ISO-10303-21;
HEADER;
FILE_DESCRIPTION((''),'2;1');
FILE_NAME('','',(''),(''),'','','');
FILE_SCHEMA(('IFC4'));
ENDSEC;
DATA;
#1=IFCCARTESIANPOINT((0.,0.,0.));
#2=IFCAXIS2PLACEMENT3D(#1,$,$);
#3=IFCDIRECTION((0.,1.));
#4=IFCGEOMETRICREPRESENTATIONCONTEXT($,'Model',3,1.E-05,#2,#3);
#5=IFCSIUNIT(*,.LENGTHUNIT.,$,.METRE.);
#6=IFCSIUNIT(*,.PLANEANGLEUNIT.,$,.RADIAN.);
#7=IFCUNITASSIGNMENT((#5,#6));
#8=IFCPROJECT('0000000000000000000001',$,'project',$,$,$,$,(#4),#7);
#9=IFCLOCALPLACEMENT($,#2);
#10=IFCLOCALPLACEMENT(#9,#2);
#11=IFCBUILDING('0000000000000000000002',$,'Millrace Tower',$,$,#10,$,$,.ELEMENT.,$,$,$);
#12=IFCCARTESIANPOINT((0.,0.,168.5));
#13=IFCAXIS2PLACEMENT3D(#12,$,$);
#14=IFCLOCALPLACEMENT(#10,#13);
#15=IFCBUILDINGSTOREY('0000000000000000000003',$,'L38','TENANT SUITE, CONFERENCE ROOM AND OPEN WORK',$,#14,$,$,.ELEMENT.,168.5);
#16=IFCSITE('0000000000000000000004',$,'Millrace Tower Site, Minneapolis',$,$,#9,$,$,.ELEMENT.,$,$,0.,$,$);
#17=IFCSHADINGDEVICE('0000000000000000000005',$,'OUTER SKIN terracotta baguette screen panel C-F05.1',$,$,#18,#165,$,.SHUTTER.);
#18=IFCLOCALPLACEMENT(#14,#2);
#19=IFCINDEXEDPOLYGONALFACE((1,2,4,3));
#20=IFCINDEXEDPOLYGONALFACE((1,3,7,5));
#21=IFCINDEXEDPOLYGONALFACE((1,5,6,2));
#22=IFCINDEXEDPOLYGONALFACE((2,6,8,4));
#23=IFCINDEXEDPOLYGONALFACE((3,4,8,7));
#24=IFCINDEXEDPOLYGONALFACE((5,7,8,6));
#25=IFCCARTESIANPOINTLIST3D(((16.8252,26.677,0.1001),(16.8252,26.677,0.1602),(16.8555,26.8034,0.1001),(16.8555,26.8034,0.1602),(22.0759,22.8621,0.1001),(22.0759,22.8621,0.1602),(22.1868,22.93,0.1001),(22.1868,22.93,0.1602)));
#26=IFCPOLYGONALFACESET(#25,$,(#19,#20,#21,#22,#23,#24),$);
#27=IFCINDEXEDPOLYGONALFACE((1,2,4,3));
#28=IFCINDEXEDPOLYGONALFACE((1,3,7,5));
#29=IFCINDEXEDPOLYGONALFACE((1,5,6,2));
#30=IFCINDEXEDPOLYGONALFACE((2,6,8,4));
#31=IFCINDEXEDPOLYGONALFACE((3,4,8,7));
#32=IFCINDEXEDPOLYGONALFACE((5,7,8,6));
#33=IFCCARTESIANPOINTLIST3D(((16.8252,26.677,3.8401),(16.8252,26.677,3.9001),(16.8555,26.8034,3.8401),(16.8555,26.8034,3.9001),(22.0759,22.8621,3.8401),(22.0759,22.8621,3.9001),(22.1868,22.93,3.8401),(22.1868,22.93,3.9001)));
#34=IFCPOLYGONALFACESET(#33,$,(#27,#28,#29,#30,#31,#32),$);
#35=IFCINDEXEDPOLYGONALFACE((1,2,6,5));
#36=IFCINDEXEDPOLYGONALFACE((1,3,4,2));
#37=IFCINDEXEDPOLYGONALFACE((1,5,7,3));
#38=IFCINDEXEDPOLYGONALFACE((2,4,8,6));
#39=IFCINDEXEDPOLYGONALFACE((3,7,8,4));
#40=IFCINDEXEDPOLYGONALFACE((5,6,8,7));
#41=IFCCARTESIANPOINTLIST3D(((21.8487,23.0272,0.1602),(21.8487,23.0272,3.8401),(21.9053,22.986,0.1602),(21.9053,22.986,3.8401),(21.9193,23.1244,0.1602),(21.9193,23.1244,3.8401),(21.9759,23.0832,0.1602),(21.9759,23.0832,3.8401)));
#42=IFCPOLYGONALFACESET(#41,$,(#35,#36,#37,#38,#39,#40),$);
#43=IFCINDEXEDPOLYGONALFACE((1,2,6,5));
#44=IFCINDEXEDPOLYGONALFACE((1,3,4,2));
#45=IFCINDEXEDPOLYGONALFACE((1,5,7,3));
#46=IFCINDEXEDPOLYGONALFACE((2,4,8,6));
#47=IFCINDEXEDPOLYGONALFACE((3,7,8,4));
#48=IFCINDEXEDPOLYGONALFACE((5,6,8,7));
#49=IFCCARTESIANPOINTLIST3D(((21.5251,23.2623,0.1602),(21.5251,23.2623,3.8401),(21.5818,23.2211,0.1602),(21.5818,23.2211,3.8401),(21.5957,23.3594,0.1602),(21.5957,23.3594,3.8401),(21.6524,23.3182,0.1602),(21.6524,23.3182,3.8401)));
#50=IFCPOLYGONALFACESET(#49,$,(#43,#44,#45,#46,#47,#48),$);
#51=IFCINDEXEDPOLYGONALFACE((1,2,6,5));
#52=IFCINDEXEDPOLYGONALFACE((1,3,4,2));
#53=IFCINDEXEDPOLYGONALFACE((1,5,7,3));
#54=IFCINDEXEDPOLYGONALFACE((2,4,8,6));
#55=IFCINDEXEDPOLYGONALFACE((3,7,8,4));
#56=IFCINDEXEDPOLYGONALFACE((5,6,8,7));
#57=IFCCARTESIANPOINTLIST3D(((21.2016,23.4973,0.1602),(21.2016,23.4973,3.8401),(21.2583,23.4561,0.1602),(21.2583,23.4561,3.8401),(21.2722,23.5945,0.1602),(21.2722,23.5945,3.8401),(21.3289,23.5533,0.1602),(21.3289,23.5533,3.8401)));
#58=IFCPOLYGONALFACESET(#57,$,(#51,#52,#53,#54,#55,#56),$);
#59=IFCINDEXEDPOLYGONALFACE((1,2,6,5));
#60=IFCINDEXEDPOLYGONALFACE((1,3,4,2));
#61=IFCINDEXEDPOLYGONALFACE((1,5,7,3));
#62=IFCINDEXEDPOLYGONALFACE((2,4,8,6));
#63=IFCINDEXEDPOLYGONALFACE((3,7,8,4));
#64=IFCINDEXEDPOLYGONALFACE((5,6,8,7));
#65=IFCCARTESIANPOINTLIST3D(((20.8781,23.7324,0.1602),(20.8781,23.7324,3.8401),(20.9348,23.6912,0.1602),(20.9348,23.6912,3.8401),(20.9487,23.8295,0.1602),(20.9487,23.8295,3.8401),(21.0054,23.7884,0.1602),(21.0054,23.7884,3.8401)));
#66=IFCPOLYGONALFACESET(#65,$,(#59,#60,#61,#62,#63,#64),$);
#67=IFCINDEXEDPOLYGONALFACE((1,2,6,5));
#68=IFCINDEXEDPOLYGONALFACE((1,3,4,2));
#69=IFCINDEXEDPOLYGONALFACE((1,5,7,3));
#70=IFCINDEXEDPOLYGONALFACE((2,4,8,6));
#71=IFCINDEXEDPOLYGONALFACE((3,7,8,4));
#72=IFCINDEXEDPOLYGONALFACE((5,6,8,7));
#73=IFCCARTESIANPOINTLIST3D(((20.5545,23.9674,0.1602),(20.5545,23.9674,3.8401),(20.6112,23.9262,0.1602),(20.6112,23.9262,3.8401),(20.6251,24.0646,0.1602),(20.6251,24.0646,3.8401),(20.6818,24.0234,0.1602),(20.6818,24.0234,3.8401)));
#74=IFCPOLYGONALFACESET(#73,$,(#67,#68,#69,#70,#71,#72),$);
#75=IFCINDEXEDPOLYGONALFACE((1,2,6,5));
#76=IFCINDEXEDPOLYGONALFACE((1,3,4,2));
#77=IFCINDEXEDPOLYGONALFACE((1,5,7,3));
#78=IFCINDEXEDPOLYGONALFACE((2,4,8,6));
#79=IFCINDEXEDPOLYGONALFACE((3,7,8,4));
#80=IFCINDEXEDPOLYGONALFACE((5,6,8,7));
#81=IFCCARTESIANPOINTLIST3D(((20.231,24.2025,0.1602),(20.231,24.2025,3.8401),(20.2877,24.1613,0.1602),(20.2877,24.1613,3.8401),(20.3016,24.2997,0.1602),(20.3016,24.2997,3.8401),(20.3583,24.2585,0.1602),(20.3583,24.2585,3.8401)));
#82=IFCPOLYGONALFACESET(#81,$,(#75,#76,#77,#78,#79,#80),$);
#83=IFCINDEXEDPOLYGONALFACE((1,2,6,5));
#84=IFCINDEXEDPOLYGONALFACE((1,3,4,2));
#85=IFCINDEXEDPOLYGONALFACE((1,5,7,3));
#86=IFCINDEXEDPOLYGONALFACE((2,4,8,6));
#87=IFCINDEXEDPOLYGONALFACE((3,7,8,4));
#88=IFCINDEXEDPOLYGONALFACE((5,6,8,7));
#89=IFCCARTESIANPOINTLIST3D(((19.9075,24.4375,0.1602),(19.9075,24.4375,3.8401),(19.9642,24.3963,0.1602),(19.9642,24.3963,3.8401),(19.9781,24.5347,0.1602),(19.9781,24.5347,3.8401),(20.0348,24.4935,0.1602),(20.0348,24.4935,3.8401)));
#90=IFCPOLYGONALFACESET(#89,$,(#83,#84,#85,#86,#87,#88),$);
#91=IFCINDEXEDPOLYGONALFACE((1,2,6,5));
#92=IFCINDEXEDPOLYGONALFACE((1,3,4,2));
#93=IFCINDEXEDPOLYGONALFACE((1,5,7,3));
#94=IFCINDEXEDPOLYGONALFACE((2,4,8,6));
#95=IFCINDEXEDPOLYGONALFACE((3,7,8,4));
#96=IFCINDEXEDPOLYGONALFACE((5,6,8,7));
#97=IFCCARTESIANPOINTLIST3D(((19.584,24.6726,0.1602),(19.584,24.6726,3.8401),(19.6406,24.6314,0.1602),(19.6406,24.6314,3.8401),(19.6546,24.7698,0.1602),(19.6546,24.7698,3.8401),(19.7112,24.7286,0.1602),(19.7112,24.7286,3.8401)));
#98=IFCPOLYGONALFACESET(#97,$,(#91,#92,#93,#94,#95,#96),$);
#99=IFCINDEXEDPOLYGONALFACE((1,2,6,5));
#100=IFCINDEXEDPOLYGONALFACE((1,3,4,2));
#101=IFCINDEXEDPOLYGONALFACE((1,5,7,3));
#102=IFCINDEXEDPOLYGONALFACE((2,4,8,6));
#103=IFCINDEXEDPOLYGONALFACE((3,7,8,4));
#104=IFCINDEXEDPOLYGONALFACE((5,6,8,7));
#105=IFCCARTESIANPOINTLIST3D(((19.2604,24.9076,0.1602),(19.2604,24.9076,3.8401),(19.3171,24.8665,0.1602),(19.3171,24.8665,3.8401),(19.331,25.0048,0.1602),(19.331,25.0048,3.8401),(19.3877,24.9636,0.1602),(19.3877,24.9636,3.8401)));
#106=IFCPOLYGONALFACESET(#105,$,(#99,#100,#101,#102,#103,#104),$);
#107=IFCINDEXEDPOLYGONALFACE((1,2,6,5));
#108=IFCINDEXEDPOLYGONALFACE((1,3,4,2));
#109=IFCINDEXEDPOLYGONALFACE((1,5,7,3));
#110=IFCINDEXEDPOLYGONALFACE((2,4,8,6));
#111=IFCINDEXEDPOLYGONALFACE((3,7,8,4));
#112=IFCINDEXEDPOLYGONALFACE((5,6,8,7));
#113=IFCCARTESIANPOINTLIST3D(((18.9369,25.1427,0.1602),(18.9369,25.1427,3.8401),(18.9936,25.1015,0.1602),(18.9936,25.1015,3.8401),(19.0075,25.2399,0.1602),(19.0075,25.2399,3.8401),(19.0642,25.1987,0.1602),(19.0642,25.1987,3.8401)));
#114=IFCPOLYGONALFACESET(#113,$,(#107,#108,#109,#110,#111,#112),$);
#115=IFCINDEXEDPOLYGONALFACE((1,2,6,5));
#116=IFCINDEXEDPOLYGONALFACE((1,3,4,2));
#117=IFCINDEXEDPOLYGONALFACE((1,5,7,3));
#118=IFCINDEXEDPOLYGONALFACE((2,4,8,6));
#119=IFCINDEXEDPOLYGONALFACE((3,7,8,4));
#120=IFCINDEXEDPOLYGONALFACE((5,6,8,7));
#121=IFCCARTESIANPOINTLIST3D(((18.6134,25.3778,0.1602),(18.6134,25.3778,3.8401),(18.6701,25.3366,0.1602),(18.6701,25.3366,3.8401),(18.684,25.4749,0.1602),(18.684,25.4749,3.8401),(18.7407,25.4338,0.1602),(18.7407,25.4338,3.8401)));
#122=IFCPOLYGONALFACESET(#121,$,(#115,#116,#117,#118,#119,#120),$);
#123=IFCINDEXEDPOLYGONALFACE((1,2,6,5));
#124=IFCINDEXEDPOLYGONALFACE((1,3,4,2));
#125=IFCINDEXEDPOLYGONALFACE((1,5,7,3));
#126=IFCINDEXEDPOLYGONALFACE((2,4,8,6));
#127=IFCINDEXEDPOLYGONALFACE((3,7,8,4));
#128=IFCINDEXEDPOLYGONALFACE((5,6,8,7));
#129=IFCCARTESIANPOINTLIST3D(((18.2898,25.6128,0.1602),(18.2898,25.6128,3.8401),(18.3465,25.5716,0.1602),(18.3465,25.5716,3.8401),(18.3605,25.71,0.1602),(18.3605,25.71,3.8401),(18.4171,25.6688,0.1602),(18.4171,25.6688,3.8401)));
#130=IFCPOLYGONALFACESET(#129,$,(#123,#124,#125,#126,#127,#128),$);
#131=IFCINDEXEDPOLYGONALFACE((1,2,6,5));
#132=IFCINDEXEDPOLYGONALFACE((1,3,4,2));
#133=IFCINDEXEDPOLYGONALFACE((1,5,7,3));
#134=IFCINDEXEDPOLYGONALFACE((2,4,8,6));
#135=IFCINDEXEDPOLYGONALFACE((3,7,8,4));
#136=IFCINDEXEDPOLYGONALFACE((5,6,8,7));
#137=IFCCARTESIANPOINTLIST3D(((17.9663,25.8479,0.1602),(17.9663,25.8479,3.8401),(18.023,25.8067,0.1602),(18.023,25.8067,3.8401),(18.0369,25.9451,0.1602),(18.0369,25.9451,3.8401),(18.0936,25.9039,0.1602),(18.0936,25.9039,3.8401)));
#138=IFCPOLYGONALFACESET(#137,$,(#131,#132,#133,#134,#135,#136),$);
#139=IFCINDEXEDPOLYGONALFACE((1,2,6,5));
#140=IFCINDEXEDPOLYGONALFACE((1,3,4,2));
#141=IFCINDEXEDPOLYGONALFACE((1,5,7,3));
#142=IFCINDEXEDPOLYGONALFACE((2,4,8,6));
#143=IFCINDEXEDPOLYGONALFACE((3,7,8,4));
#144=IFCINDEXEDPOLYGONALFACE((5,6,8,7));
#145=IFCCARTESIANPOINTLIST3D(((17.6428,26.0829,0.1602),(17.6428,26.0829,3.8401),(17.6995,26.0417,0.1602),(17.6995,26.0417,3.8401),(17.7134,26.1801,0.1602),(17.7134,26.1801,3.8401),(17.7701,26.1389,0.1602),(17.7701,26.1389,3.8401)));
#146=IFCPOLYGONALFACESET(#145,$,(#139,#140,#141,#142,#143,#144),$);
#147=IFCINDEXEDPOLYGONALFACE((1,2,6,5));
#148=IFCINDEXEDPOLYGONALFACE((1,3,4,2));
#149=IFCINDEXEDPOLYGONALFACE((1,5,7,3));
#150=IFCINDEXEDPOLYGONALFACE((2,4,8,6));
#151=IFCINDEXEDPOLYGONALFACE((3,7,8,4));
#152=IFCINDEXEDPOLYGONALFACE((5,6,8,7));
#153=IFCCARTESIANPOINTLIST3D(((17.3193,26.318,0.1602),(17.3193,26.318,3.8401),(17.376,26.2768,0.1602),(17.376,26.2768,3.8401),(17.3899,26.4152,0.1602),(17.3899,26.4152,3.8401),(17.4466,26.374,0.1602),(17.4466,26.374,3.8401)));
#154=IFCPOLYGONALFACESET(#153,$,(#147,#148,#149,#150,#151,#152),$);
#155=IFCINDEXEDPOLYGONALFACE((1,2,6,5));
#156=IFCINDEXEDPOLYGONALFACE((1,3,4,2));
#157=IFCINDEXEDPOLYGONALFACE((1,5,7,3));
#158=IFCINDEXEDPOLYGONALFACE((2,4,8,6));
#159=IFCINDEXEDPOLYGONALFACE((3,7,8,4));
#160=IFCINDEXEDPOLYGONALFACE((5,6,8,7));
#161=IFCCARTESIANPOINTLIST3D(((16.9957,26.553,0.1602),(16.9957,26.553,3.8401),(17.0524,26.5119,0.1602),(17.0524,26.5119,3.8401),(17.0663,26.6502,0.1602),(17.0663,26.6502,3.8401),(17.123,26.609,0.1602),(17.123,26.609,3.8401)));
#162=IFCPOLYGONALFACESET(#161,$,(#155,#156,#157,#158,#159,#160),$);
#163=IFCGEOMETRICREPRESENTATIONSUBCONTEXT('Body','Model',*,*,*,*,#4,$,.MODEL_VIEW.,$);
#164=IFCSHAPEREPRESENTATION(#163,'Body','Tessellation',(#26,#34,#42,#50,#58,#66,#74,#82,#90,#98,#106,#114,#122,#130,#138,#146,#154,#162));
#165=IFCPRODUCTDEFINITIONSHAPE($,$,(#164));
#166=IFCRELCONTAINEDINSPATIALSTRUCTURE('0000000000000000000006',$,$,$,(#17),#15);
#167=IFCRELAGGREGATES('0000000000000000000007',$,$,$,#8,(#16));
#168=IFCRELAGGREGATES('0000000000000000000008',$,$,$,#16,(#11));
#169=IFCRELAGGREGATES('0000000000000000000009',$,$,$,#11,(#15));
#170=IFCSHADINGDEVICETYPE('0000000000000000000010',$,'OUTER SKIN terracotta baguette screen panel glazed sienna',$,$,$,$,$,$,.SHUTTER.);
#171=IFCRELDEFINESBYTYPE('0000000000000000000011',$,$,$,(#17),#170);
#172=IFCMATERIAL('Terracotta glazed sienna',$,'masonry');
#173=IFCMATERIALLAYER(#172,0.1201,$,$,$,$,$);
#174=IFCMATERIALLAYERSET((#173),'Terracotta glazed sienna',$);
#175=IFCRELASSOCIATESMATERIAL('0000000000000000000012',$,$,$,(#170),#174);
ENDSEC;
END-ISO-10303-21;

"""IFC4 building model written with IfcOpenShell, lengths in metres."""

from ifc_helpers import new_model, entity, si_unit, direction, frame, frame_2d, origin, place, context, subcontext, project, spatial, rectangle, extrude, source, transform, mapped, material, layer, layer_set, type_object, element, save


model = new_model("IFC4")

# Units and contexts
model_context = context("Model", 3, precision=1e-05, world=origin(), true_north=direction((0.0, 1.0)))
body_context = subcontext(model_context, "Body", "Model", "MODEL_VIEW")
ifc_project = project(units=[si_unit("LENGTHUNIT", "METRE"), si_unit("PLANEANGLEUNIT", "RADIAN")], contexts=[model_context])

# Site, building, storey
site_placement = place(None, origin())
site = spatial("IfcSite", under=ifc_project, at=site_placement, Name="Millrace Tower Site, Minneapolis", CompositionType="ELEMENT", RefElevation=0.0)
building_placement = place(site_placement, origin())
building = spatial("IfcBuilding", under=site, at=building_placement, Name="Millrace Tower", CompositionType="ELEMENT")
storey_placement = place(building_placement, frame((0.0, 0.0, 168.5)))
storey = spatial("IfcBuildingStorey", under=building, at=storey_placement, Name="L38", Description="TENANT SUITE, CONFERENCE ROOM AND OPEN WORK", CompositionType="ELEMENT", Elevation=168.5)

# Shading device
ifc_material_1 = material(Name="Terracotta glazed sienna", Category="masonry")
ifc_layer_1 = layer(ifc_material_1, 0.1201)
ifc_layer_set_1 = layer_set([ifc_layer_1], Name="Terracotta glazed sienna")
shading_device_type = type_object("IfcShadingDeviceType", Name="OUTER SKIN terracotta baguette screen panel glazed sienna", PredefinedType="SHUTTER", material=ifc_layer_set_1)
cartesian_point_1 = entity("IfcCartesianPoint", [-3.2451, 0.0601])
shared_polyline_1 = entity("IfcPolyline", [cartesian_point_1, entity("IfcCartesianPoint", [3.2451, 0.0601]), entity("IfcCartesianPoint", [3.2949, -0.0601]), entity("IfcCartesianPoint", [-3.2949, -0.0601]), cartesian_point_1])
shared_shape_1 = source(origin(), body_context, "Body", "SweptSolid", [
    entity("IfcExtrudedAreaSolid", entity("IfcArbitraryClosedProfileDef", "AREA", None, shared_polyline_1), entity("IfcAxis2Placement3D", entity("IfcCartesianPoint", [0.0, 0.0, 0.0])), entity("IfcDirection", [0.0, 0.0, 1.0]), 0.0601),
    entity("IfcExtrudedAreaSolid", entity("IfcArbitraryClosedProfileDef", "AREA", None, shared_polyline_1), entity("IfcAxis2Placement3D", entity("IfcCartesianPoint", [0.0, 0.0, 3.74])), entity("IfcDirection", [0.0, 0.0, 1.0]), 0.0601),
    extrude(rectangle(XDim=0.0701, YDim=0.1201, at=frame_2d((-2.9993, 0.0))), frame((0.0, 0.0, 0.0601)), (0.0, 0.0, 1.0), 3.6799),
    extrude(rectangle(XDim=0.0701, YDim=0.1201, at=frame_2d((-2.5994, 0.0))), frame((0.0, 0.0, 0.0601)), (0.0, 0.0, 1.0), 3.6799),
    extrude(rectangle(XDim=0.0701, YDim=0.1201, at=frame_2d((-2.1995, 0.0))), frame((0.0, 0.0, 0.0601)), (0.0, 0.0, 1.0), 3.6799),
    extrude(rectangle(XDim=0.0701, YDim=0.1201, at=frame_2d((-1.7996, 0.0))), frame((0.0, 0.0, 0.0601)), (0.0, 0.0, 1.0), 3.6799),
    extrude(rectangle(XDim=0.0701, YDim=0.1201, at=frame_2d((-1.3997, 0.0))), frame((0.0, 0.0, 0.0601)), (0.0, 0.0, 1.0), 3.6799),
    extrude(rectangle(XDim=0.0701, YDim=0.1201, at=frame_2d((-0.9998, 0.0))), frame((0.0, 0.0, 0.0601)), (0.0, 0.0, 1.0), 3.6799),
    extrude(rectangle(XDim=0.0701, YDim=0.1201, at=frame_2d((-0.5999, 0.0))), frame((0.0, 0.0, 0.0601)), (0.0, 0.0, 1.0), 3.6799),
    extrude(rectangle(XDim=0.0701, YDim=0.1201, at=frame_2d((-0.2, 0.0))), frame((0.0, 0.0, 0.0601)), (0.0, 0.0, 1.0), 3.6799),
    extrude(rectangle(XDim=0.0701, YDim=0.1201, at=frame_2d((0.2, 0.0))), frame((0.0, 0.0, 0.0601)), (0.0, 0.0, 1.0), 3.6799),
    extrude(rectangle(XDim=0.0701, YDim=0.1201, at=frame_2d((0.5999, 0.0))), frame((0.0, 0.0, 0.0601)), (0.0, 0.0, 1.0), 3.6799),
    extrude(rectangle(XDim=0.0701, YDim=0.1201, at=frame_2d((0.9998, 0.0))), frame((0.0, 0.0, 0.0601)), (0.0, 0.0, 1.0), 3.6799),
    extrude(rectangle(XDim=0.0701, YDim=0.1201, at=frame_2d((1.3997, 0.0))), frame((0.0, 0.0, 0.0601)), (0.0, 0.0, 1.0), 3.6799),
    extrude(rectangle(XDim=0.0701, YDim=0.1201, at=frame_2d((1.7996, 0.0))), frame((0.0, 0.0, 0.0601)), (0.0, 0.0, 1.0), 3.6799),
    extrude(rectangle(XDim=0.0701, YDim=0.1201, at=frame_2d((2.1995, 0.0))), frame((0.0, 0.0, 0.0601)), (0.0, 0.0, 1.0), 3.6799),
    extrude(rectangle(XDim=0.0701, YDim=0.1201, at=frame_2d((2.5994, 0.0))), frame((0.0, 0.0, 0.0601)), (0.0, 0.0, 1.0), 3.6799),
    extrude(rectangle(XDim=0.0701, YDim=0.1201, at=frame_2d((2.9993, 0.0))), frame((0.0, 0.0, 0.0601)), (0.0, 0.0, 1.0), 3.6799),
])
shading_device_1_placement = place(storey_placement, frame((19.4858, 24.8181, 0.1001), z_axis=(0.0, 0.0, 1.0), x_axis=(-0.809017, 0.587785, 0.0)))
element("IfcShadingDevice", 1, at=shading_device_1_placement, inside=storey, type_object=shading_device_type, Name="OUTER SKIN terracotta baguette screen panel C-F05.1", PredefinedType="SHUTTER", context=body_context, shape_type="MappedRepresentation", body=[
    mapped(shared_shape_1, transform((0.0, 0.0, 0.0), scale=1.0)),
])

save(model, "model.ifc")
